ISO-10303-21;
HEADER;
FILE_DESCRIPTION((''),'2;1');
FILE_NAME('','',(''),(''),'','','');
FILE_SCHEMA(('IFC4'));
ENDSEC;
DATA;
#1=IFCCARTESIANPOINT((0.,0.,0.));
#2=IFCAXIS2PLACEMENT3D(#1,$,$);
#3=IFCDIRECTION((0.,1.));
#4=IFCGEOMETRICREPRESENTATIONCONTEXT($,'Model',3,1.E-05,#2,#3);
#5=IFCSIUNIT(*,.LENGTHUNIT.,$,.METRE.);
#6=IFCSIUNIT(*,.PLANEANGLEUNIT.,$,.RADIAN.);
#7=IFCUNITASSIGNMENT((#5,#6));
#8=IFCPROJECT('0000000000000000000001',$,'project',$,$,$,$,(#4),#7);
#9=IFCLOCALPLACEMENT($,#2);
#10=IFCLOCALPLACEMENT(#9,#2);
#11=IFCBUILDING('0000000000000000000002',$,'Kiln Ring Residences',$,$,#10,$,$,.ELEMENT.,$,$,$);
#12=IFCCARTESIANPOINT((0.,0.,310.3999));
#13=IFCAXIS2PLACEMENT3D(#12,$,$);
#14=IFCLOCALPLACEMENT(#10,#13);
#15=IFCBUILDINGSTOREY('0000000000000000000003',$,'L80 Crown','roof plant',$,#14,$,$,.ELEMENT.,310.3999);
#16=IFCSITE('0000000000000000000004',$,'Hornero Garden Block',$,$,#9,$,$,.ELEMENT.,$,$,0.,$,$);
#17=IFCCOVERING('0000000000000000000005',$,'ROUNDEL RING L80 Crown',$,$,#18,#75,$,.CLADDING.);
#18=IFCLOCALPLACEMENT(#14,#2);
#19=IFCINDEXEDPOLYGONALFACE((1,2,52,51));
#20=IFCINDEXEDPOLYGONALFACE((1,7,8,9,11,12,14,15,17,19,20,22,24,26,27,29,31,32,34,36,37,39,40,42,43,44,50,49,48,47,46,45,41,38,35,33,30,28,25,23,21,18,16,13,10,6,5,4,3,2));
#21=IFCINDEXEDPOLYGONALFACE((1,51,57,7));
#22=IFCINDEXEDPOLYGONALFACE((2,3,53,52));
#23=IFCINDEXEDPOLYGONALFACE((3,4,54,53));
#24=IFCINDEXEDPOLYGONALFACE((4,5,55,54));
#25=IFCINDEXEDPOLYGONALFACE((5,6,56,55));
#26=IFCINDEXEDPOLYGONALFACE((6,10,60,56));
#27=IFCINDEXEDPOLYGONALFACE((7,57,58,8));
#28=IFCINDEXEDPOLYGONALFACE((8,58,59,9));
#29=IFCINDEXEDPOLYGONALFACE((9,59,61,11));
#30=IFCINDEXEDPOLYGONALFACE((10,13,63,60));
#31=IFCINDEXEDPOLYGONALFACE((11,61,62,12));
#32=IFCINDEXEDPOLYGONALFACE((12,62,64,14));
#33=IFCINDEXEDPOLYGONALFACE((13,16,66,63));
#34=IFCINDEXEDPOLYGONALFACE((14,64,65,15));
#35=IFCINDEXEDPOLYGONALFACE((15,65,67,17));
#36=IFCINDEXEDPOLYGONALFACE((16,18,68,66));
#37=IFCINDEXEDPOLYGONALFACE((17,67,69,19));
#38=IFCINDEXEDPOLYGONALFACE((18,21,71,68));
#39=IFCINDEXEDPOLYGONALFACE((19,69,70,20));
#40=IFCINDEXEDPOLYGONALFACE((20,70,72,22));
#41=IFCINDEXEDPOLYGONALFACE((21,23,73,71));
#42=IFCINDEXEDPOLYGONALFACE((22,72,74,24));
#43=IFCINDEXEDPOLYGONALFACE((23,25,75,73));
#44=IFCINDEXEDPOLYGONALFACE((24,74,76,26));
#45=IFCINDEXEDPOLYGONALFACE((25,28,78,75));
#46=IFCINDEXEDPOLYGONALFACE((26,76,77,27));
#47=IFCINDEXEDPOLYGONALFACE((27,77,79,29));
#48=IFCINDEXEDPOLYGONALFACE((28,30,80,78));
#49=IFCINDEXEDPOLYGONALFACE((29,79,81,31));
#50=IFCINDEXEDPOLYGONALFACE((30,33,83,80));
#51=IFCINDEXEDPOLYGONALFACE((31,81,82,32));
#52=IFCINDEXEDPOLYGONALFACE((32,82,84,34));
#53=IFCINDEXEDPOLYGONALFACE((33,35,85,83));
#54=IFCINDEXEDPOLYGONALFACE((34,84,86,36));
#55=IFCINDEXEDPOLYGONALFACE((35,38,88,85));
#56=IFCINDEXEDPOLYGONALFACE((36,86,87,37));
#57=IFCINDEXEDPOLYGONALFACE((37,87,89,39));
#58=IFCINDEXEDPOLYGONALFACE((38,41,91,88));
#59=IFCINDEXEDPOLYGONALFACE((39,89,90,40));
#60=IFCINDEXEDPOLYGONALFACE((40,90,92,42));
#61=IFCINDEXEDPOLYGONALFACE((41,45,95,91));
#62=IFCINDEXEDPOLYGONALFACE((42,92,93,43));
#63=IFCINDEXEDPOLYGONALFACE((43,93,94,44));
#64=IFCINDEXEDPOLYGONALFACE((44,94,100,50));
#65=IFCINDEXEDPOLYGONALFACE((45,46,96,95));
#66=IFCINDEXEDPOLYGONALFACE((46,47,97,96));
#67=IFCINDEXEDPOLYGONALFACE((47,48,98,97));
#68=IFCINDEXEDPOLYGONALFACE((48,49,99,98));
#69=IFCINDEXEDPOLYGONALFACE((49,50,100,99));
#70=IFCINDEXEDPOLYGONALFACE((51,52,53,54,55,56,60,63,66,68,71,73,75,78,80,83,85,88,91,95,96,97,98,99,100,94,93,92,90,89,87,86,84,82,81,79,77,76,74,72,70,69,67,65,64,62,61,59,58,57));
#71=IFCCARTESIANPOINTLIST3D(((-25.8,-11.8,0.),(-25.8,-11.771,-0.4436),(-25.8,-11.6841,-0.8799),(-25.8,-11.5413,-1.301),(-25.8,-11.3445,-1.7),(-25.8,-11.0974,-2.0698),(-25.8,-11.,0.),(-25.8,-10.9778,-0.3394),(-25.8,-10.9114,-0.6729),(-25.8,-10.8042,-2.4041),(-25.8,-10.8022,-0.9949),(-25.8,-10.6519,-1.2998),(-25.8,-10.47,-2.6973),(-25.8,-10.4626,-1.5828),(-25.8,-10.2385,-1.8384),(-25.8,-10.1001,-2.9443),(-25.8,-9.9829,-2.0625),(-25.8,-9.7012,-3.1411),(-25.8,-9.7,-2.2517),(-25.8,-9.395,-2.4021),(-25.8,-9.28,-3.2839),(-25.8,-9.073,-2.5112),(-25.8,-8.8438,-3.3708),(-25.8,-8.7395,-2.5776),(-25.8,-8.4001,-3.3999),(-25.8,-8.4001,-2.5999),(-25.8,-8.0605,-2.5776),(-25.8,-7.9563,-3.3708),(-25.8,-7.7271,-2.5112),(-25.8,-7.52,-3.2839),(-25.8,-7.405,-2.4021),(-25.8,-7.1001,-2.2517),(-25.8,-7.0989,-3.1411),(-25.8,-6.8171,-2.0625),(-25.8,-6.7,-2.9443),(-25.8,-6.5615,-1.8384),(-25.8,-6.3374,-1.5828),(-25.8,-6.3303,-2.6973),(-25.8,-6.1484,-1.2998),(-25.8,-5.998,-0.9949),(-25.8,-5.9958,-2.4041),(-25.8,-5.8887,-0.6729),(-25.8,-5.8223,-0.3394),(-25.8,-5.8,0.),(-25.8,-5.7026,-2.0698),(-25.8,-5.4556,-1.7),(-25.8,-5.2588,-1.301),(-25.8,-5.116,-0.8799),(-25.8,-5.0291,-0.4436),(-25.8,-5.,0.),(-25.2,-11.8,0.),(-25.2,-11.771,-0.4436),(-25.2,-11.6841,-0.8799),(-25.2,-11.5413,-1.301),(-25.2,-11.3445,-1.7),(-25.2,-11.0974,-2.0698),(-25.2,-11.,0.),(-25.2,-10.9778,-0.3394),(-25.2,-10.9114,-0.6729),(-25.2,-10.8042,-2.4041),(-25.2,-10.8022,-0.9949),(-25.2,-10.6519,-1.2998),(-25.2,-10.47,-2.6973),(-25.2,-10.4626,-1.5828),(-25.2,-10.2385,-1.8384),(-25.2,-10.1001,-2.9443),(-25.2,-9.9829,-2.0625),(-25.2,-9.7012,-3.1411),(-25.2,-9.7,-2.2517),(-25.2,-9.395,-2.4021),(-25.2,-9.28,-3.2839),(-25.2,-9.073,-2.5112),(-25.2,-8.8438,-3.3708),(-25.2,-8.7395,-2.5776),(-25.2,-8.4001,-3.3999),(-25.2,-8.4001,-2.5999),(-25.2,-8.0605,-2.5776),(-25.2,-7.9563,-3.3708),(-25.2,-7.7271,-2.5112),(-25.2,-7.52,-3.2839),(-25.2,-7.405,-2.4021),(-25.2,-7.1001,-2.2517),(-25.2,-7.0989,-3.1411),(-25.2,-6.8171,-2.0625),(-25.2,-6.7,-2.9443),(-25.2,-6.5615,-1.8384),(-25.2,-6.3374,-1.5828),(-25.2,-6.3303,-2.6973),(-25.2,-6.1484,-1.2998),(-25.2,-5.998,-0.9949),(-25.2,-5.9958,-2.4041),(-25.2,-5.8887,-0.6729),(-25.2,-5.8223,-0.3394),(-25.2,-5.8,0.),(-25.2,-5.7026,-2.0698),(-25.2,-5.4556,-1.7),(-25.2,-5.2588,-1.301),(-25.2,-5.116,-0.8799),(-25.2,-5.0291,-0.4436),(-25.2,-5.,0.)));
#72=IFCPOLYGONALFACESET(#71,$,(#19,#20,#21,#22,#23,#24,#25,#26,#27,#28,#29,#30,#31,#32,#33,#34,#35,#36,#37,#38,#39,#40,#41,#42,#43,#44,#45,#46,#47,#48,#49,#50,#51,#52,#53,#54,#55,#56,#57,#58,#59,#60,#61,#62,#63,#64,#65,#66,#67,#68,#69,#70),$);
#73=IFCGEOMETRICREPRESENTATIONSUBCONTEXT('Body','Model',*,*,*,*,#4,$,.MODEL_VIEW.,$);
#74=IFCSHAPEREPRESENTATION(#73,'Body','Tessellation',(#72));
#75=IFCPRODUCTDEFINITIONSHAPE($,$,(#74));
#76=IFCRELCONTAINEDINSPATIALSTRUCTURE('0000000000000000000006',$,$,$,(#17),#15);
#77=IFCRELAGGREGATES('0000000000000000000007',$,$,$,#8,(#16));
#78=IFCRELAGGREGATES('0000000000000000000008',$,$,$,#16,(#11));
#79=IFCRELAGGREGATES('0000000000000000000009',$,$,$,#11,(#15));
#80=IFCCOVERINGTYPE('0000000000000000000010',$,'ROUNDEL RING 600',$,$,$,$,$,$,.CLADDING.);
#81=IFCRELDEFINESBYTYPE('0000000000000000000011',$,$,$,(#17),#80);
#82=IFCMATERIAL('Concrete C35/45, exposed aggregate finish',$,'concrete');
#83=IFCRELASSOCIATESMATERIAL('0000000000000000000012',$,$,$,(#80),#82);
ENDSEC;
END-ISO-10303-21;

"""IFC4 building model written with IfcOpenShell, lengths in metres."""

from ifc_helpers import new_model, si_unit, direction, frame, origin, place, context, subcontext, project, spatial, polyline, outline, extrude, material, type_object, element, save


model = new_model("IFC4")

# Units and contexts
model_context = context("Model", 3, precision=1e-05, world=origin(), true_north=direction((0.0, 1.0)))
body_context = subcontext(model_context, "Body", "Model", "MODEL_VIEW")
ifc_project = project(units=[si_unit("LENGTHUNIT", "METRE"), si_unit("PLANEANGLEUNIT", "RADIAN")], contexts=[model_context])

# Site, building, storey
site_placement = place(None, origin())
site = spatial("IfcSite", under=ifc_project, at=site_placement, Name="Hornero Garden Block", CompositionType="ELEMENT", RefElevation=0.0)
building_placement = place(site_placement, origin())
building = spatial("IfcBuilding", under=site, at=building_placement, Name="Kiln Ring Residences", CompositionType="ELEMENT")
storey_placement = place(building_placement, frame((0.0, 0.0, 310.3999)))
storey = spatial("IfcBuildingStorey", under=building, at=storey_placement, Name="L80 Crown", Description="roof plant", CompositionType="ELEMENT", Elevation=310.3999)

# Covering
ifc_material_1 = material(Name="Concrete C35/45, exposed aggregate finish", Category="concrete")
covering_type = type_object("IfcCoveringType", Name="ROUNDEL RING 600", PredefinedType="CLADDING", material=ifc_material_1)
covering_1_placement = place(storey_placement, frame((-25.5, -11.8, -3.3999), z_axis=(0.0, 0.0, 1.0), x_axis=(0.0, 1.0, 0.0)))
element("IfcCovering", 1, at=covering_1_placement, inside=storey, type_object=covering_type, Name="ROUNDEL RING L80 Crown", PredefinedType="CLADDING", context=body_context, shape_type="SweptSolid", body=[
    extrude(outline(polyline([(0.0, 3.3999), (0.0291, 2.9563), (0.116, 2.52), (0.2588, 2.0989), (0.4556, 1.7), (0.7026, 1.3301), (0.9958, 0.9958), (1.3301, 0.7026), (1.7, 0.4556), (2.0989, 0.2588), (2.52, 0.116), (2.9563, 0.0291), (3.3999, 0.0), (3.8438, 0.0291), (4.28, 0.116), (4.7012, 0.2588), (5.1001, 0.4556), (5.4697, 0.7026), (5.8042, 0.9958), (6.0974, 1.3301), (6.3445, 1.7), (6.5413, 2.0989), (6.6841, 2.52), (6.771, 2.9563), (6.8, 3.3999), (6.0, 3.3999), (5.9778, 3.0605), (5.9114, 2.7271), (5.802, 2.405), (5.6516, 2.1001), (5.4626, 1.8171), (5.2385, 1.5615), (4.9829, 1.3374), (4.7, 1.1482), (4.395, 0.9978), (4.073, 0.8887), (3.7395, 0.8223), (3.3999, 0.8), (3.0605, 0.8223), (2.7271, 0.8887), (2.405, 0.9978), (2.1001, 1.1482), (1.8171, 1.3374), (1.5615, 1.5615), (1.3374, 1.8171), (1.1482, 2.1001), (0.9978, 2.405), (0.8887, 2.7271), (0.8223, 3.0605), (0.8, 3.3999), (0.0, 3.3999)])), frame((0.0, 0.3, 0.0), z_axis=(0.0, -1.0, 0.0), x_axis=(1.0, 0.0, 0.0)), (0.0, 0.0, 1.0), 0.6001),
])

save(model, "model.ifc")
